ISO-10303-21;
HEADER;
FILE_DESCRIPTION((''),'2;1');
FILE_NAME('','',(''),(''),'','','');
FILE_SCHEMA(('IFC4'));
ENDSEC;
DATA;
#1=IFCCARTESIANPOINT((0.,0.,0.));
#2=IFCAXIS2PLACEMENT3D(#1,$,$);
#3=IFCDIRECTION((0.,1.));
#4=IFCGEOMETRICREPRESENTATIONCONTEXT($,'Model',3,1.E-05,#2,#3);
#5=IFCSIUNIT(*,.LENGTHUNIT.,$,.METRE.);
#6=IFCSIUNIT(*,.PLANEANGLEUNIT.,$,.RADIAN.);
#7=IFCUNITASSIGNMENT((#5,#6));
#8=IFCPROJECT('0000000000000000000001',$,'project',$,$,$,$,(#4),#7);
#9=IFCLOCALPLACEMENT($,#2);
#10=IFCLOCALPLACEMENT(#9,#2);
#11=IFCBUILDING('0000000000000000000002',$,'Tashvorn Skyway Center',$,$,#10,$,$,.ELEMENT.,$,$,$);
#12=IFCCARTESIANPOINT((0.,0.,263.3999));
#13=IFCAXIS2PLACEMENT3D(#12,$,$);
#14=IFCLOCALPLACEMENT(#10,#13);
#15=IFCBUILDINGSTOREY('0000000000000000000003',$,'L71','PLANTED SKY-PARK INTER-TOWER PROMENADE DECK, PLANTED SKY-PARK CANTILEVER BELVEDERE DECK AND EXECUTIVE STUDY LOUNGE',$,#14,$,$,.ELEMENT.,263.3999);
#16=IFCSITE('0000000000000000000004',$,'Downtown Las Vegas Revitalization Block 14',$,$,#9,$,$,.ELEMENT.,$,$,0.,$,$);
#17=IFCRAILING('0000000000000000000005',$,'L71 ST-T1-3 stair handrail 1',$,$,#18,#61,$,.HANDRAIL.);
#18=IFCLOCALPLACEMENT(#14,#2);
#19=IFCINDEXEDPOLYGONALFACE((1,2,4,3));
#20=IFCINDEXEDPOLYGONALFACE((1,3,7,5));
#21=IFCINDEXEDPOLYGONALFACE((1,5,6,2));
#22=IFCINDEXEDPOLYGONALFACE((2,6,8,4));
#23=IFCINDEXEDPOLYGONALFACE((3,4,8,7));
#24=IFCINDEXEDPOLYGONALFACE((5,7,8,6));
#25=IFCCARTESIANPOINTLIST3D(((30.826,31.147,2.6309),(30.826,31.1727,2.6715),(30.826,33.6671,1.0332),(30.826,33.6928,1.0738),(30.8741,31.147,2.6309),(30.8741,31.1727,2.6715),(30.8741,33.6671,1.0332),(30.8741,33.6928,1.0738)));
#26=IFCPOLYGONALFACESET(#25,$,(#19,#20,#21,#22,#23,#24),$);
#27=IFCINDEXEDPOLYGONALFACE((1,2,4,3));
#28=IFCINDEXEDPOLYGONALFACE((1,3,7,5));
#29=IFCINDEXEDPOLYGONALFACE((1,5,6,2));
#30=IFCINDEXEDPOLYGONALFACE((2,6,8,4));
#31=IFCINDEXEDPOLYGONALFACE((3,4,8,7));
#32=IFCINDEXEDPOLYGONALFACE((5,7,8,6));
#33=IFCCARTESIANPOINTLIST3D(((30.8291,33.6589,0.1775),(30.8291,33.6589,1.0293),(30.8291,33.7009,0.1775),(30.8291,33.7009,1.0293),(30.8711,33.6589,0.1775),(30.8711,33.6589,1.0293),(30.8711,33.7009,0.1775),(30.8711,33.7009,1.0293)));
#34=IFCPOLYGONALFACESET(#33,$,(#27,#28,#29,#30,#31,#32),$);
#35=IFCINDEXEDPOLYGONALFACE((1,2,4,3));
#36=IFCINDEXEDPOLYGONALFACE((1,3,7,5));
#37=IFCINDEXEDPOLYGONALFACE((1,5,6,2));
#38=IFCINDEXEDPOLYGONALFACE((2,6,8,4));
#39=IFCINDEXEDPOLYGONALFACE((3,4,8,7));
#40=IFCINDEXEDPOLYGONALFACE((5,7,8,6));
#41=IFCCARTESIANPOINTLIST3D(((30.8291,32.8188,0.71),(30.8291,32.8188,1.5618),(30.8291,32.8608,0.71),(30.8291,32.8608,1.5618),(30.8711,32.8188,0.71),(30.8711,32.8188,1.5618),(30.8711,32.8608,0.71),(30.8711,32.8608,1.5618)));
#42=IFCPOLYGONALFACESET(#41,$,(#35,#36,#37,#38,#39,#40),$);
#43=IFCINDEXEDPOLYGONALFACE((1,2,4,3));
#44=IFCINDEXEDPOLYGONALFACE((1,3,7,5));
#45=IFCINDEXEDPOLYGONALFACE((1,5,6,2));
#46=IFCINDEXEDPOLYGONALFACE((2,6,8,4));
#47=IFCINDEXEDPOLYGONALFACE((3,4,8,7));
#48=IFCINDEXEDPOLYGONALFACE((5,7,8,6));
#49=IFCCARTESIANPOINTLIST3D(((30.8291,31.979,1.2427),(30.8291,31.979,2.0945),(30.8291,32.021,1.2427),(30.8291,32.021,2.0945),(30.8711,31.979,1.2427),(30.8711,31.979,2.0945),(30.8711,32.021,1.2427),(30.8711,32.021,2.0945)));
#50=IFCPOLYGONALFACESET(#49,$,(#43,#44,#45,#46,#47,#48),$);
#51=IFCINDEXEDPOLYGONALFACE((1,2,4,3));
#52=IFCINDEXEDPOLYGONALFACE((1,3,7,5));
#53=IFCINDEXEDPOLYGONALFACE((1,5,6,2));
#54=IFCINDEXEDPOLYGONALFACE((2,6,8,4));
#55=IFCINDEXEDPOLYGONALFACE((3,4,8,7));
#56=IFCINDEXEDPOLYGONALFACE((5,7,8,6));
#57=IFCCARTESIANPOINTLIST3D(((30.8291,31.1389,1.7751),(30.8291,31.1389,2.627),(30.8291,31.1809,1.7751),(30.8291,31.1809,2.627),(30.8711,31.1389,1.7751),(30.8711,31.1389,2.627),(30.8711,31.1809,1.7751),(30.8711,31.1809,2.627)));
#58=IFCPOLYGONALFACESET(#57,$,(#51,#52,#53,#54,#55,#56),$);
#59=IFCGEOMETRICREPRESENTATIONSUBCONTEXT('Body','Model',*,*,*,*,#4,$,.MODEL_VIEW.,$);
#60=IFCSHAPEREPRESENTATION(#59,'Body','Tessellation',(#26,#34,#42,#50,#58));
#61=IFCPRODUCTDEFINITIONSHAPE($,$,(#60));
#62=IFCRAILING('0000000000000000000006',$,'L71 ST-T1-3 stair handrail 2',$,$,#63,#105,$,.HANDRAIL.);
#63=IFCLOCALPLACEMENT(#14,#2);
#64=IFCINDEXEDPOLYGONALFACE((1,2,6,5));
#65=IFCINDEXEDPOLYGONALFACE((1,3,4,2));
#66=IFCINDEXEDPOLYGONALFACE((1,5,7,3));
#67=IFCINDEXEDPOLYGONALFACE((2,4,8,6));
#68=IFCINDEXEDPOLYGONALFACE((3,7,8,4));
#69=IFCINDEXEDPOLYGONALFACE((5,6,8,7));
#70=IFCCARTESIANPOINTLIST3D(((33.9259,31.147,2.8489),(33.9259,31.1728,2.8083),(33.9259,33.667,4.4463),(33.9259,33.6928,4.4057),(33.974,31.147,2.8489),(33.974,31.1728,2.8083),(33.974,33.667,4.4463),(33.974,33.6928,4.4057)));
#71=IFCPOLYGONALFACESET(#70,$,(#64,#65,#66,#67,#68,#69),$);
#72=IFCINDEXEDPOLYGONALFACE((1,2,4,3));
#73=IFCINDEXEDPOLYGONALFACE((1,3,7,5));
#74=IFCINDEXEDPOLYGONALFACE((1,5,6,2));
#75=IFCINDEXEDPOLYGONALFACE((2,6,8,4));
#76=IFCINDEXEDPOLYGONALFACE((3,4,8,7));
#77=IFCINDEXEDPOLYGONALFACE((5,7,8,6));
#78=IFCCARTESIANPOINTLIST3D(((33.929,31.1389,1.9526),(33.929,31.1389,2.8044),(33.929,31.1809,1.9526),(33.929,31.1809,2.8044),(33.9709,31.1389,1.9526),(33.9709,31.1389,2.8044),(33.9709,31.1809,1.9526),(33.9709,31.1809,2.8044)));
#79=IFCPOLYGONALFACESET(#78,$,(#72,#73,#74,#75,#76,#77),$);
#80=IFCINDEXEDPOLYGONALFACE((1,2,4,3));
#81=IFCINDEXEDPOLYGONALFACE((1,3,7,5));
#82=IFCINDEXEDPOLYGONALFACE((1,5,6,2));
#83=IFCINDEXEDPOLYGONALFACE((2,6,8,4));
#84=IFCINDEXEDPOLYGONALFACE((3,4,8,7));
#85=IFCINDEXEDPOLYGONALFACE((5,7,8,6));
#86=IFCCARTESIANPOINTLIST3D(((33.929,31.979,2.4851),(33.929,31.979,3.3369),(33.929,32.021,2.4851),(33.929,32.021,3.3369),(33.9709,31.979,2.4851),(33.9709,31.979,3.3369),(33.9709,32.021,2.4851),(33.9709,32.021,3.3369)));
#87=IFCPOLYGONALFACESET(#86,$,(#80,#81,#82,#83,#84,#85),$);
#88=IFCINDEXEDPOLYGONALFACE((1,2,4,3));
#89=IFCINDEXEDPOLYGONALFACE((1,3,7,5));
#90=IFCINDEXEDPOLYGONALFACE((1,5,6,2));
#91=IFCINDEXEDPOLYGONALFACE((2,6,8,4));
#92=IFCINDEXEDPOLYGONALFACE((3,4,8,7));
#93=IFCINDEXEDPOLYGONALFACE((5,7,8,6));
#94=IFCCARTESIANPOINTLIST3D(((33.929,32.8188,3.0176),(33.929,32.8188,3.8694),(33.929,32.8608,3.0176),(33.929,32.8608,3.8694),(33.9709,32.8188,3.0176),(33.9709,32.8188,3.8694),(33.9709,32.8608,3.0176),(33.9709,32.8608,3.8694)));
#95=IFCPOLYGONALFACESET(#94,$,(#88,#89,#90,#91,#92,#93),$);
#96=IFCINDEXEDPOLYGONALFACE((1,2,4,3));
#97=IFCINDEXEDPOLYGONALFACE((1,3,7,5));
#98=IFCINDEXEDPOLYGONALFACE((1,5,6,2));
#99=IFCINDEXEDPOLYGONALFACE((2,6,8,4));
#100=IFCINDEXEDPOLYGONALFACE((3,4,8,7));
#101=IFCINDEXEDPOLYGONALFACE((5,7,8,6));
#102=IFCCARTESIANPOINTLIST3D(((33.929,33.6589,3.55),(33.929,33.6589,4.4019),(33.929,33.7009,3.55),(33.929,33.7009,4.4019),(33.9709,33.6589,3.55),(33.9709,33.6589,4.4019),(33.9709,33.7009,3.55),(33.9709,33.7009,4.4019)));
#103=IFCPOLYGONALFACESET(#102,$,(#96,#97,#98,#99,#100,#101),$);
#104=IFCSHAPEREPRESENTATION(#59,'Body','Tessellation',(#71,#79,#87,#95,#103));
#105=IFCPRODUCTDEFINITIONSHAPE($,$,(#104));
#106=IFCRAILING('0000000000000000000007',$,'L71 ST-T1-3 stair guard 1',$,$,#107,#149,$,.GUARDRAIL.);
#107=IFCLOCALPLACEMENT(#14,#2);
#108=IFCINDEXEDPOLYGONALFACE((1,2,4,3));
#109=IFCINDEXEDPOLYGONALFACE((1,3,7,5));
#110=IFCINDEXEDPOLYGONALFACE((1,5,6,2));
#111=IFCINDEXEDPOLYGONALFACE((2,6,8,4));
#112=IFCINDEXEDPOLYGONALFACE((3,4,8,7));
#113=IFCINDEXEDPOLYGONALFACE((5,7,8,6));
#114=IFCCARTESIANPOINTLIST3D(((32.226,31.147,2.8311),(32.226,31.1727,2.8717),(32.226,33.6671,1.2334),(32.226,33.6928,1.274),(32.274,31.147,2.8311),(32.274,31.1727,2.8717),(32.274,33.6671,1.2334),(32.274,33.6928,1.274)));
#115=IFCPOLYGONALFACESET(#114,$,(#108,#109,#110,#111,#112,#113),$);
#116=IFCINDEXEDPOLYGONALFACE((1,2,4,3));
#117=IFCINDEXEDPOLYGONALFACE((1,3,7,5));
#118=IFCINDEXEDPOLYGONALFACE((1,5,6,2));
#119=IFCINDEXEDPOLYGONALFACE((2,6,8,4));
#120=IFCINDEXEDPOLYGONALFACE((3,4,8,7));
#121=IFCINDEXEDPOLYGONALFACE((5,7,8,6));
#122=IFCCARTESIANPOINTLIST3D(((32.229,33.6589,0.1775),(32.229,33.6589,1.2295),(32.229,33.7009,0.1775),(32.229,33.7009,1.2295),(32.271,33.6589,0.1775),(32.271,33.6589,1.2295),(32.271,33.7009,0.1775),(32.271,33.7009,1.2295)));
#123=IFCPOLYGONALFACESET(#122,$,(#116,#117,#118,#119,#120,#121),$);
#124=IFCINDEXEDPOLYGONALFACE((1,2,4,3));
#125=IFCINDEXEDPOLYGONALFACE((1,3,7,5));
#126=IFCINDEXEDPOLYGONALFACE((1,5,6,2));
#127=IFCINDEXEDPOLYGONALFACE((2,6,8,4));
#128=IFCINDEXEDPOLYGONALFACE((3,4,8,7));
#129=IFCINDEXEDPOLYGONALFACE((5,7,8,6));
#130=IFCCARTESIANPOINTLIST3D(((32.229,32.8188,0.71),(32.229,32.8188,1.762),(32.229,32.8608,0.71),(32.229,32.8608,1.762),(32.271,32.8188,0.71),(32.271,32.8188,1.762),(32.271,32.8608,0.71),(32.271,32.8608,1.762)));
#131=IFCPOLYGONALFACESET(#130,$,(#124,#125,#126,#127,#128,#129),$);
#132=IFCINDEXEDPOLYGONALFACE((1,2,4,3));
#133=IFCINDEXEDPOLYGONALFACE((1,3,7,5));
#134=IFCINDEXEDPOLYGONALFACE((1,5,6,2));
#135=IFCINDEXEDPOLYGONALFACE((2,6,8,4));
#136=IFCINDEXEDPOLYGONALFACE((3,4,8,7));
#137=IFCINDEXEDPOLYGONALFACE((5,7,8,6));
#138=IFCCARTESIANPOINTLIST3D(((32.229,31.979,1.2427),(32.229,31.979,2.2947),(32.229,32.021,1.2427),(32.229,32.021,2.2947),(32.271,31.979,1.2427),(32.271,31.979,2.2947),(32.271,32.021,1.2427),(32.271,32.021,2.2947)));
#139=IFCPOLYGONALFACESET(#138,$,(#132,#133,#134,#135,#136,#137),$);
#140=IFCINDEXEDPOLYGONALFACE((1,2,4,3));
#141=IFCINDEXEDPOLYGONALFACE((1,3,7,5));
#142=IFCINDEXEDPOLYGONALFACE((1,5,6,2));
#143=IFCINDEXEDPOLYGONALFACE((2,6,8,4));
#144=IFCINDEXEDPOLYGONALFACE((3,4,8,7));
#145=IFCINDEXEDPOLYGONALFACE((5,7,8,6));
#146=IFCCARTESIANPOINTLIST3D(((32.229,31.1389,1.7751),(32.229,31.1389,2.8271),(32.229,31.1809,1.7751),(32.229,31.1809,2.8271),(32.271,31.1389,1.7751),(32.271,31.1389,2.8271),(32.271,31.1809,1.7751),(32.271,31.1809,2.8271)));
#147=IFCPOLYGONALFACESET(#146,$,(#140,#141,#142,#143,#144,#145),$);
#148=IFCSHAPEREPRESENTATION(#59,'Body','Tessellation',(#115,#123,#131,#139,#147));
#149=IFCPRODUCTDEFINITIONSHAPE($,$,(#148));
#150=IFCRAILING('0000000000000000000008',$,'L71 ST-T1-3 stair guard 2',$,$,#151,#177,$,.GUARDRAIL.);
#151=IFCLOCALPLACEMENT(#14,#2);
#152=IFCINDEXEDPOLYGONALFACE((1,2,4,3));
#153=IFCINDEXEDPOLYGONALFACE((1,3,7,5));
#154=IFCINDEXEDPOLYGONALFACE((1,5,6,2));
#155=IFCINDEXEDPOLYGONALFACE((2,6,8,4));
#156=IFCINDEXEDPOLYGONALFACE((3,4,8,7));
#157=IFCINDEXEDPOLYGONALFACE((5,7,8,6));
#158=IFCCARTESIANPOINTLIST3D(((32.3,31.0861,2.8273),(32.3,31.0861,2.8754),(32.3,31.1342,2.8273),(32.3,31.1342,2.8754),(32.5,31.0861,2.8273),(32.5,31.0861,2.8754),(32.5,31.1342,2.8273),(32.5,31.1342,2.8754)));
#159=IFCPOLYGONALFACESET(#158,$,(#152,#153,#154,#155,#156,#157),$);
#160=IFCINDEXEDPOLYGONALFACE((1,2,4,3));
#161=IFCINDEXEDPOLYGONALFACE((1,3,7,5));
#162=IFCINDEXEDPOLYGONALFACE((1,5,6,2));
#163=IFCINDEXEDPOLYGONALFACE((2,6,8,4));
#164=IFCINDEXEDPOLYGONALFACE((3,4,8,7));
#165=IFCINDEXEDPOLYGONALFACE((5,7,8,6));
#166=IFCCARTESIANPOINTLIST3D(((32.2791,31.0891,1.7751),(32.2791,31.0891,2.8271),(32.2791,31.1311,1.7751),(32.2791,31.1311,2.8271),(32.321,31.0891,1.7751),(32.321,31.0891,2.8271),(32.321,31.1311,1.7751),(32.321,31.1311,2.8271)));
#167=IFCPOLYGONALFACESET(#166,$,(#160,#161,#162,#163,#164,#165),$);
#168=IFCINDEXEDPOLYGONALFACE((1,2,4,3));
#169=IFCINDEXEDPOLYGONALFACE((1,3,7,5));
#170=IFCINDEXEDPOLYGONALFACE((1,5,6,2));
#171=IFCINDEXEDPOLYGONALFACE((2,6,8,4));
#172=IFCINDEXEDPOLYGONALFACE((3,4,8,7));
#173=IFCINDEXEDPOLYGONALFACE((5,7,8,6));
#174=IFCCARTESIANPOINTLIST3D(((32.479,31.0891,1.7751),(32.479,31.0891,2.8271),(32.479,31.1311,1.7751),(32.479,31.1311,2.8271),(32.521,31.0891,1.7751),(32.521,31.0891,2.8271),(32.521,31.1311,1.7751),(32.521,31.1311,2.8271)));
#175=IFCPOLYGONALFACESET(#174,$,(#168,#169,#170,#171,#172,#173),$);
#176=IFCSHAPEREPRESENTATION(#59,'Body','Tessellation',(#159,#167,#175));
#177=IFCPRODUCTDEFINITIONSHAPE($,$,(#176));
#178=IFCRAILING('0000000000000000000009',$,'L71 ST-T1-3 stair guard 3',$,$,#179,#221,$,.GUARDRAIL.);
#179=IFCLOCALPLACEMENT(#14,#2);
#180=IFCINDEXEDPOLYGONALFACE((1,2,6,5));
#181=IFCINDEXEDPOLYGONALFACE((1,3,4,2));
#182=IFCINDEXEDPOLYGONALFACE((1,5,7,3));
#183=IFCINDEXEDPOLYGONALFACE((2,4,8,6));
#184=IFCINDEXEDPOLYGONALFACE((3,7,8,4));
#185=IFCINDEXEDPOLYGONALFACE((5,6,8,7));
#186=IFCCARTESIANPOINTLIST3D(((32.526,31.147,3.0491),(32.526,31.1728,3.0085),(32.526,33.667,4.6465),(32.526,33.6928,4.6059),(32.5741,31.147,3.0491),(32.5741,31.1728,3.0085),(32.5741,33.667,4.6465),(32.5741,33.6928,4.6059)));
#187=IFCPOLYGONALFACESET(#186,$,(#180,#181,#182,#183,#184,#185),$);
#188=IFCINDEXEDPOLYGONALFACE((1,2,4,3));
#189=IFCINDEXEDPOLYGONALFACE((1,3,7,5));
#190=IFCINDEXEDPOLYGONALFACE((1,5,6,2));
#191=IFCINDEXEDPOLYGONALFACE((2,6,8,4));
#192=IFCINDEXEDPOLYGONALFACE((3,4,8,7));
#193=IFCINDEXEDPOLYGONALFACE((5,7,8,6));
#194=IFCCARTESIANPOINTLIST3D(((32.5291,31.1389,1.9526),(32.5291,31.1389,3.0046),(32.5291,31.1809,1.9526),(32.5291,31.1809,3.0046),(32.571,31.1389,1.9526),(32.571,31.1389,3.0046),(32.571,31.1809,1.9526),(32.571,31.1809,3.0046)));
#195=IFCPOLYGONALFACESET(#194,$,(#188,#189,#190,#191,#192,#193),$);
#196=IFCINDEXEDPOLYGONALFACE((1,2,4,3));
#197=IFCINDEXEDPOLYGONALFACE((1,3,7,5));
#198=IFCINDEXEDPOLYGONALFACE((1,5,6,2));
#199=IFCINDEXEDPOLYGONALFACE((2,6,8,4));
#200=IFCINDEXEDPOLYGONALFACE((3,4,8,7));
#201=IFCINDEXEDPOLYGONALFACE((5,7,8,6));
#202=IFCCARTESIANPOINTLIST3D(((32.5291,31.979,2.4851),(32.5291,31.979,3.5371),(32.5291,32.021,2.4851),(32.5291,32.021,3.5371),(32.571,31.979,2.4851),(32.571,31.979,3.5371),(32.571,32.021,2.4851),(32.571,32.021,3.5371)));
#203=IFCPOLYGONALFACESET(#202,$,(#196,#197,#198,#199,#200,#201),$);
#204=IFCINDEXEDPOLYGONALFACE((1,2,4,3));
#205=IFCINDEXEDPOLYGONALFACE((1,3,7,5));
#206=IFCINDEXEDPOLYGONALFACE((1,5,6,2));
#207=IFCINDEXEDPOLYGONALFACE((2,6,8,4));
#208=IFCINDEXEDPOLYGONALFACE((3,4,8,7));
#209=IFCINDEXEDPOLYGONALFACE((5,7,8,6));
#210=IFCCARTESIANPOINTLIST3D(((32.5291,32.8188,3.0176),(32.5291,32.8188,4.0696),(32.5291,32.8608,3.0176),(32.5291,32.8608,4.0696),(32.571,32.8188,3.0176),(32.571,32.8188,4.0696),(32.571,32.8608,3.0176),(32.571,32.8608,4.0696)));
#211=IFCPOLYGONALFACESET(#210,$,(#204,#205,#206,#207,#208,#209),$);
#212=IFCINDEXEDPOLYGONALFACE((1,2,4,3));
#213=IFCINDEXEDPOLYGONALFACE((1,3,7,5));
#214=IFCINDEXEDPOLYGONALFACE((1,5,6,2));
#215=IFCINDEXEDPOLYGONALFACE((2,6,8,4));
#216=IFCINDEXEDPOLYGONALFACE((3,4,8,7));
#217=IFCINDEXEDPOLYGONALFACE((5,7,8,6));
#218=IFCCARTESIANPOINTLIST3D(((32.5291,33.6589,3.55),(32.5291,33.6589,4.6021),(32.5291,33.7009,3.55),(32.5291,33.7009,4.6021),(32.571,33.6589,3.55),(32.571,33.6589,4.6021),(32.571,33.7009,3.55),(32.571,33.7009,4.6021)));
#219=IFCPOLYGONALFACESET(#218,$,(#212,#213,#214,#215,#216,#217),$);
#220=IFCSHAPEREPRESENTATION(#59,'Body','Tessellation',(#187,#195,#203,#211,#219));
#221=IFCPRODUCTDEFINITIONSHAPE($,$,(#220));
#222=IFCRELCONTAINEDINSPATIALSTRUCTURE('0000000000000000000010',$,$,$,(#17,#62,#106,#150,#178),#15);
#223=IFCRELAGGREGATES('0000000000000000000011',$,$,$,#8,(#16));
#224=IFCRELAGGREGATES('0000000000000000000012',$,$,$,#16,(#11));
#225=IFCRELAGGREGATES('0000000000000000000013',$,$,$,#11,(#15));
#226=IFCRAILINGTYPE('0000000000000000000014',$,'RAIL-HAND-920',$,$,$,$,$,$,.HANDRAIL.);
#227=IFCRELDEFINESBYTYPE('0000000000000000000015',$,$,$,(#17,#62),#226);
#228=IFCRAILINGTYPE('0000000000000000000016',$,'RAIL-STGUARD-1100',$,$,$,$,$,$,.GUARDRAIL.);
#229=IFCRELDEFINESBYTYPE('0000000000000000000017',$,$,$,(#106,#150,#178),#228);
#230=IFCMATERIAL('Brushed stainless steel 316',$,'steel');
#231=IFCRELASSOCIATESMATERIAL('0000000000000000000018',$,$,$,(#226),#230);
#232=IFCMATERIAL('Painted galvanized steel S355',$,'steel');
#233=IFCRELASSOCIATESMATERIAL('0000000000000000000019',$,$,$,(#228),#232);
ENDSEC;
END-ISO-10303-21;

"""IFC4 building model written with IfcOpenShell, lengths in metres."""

from ifc_helpers import new_model, si_unit, direction, frame, origin, origin_2d, place, context, subcontext, project, spatial, rectangle, extrude, material, type_object, element, save


model = new_model("IFC4")

# Units and contexts
model_context = context("Model", 3, precision=1e-05, world=origin(), true_north=direction((0.0, 1.0)))
body_context = subcontext(model_context, "Body", "Model", "MODEL_VIEW")
ifc_project = project(units=[si_unit("LENGTHUNIT", "METRE"), si_unit("PLANEANGLEUNIT", "RADIAN")], contexts=[model_context])

# Site, building, storey
site_placement = place(None, origin())
site = spatial("IfcSite", under=ifc_project, at=site_placement, Name="Downtown Las Vegas Revitalization Block 14", CompositionType="ELEMENT", RefElevation=0.0)
building_placement = place(site_placement, origin())
building = spatial("IfcBuilding", under=site, at=building_placement, Name="Tashvorn Skyway Center", CompositionType="ELEMENT")
storey_placement = place(building_placement, frame((0.0, 0.0, 263.3999)))
storey = spatial("IfcBuildingStorey", under=building, at=storey_placement, Name="L71", Description="PLANTED SKY-PARK INTER-TOWER PROMENADE DECK, PLANTED SKY-PARK CANTILEVER BELVEDERE DECK AND EXECUTIVE STUDY LOUNGE", CompositionType="ELEMENT", Elevation=263.3999)

# Railings
ifc_material_1 = material(Name="Brushed stainless steel 316", Category="steel")
railing_type_1 = type_object("IfcRailingType", Name="RAIL-HAND-920", PredefinedType="HANDRAIL", material=ifc_material_1)
railing_1_placement = place(storey_placement, frame((30.8501, 33.6799, 0.1775)))
element("IfcRailing", 1, at=railing_1_placement, inside=storey, type_object=railing_type_1, Name="L71 ST-T1-3 stair handrail 1", PredefinedType="HANDRAIL", context=body_context, shape_type="SweptSolid", body=[
    extrude(rectangle(XDim=0.0481, YDim=0.0481, at=origin_2d()), frame((0.0, 0.0, 0.876), z_axis=(0.0, -0.84457, 0.535445), x_axis=(1.0, 0.0, 0.0)), (0.0, 0.0, 1.0), 2.9839),
    extrude(rectangle(XDim=0.042, YDim=0.042, at=origin_2d()), origin(), (0.0, 0.0, 1.0), 0.8518),
    extrude(rectangle(XDim=0.042, YDim=0.042, at=origin_2d()), frame((0.0, -0.8401, 0.5325)), (0.0, 0.0, 1.0), 0.8518),
    extrude(rectangle(XDim=0.042, YDim=0.042, at=origin_2d()), frame((0.0, -1.6799, 1.0652)), (0.0, 0.0, 1.0), 0.8518),
    extrude(rectangle(XDim=0.042, YDim=0.042, at=origin_2d()), frame((0.0, -2.52, 1.5977)), (0.0, 0.0, 1.0), 0.8518),
])
railing_2_placement = place(storey_placement, frame((33.95, 31.1599, 1.9526)))
element("IfcRailing", 2, at=railing_2_placement, inside=storey, type_object=railing_type_1, Name="L71 ST-T1-3 stair handrail 2", PredefinedType="HANDRAIL", context=body_context, shape_type="SweptSolid", body=[
    extrude(rectangle(XDim=0.0481, YDim=0.0481, at=origin_2d()), frame((0.0, 0.0, 0.876), z_axis=(0.0, 0.844607, 0.535387), x_axis=(-1.0, 0.0, 0.0)), (0.0, 0.0, 1.0), 2.9836),
    extrude(rectangle(XDim=0.042, YDim=0.042, at=origin_2d()), origin(), (0.0, 0.0, 1.0), 0.8518),
    extrude(rectangle(XDim=0.042, YDim=0.042, at=origin_2d()), frame((0.0, 0.8401, 0.5325)), (0.0, 0.0, 1.0), 0.8518),
    extrude(rectangle(XDim=0.042, YDim=0.042, at=origin_2d()), frame((0.0, 1.6799, 1.0649)), (0.0, 0.0, 1.0), 0.8518),
    extrude(rectangle(XDim=0.042, YDim=0.042, at=origin_2d()), frame((0.0, 2.52, 1.5974)), (0.0, 0.0, 1.0), 0.8518),
])
ifc_material_2 = material(Name="Painted galvanized steel S355", Category="steel")
railing_type_2 = type_object("IfcRailingType", Name="RAIL-STGUARD-1100", PredefinedType="GUARDRAIL", material=ifc_material_2)
railing_3_placement = place(storey_placement, frame((32.25, 33.6799, 0.1775)))
element("IfcRailing", 3, at=railing_3_placement, inside=storey, type_object=railing_type_2, Name="L71 ST-T1-3 stair guard 1", PredefinedType="GUARDRAIL", context=body_context, shape_type="SweptSolid", body=[
    extrude(rectangle(XDim=0.0481, YDim=0.0481, at=origin_2d()), frame((0.0, 0.0, 1.0762), z_axis=(0.0, -0.84457, 0.535445), x_axis=(1.0, 0.0, 0.0)), (0.0, 0.0, 1.0), 2.9839),
    extrude(rectangle(XDim=0.042, YDim=0.042, at=origin_2d()), origin(), (0.0, 0.0, 1.0), 1.052),
    extrude(rectangle(XDim=0.042, YDim=0.042, at=origin_2d()), frame((0.0, -0.8401, 0.5325)), (0.0, 0.0, 1.0), 1.052),
    extrude(rectangle(XDim=0.042, YDim=0.042, at=origin_2d()), frame((0.0, -1.6799, 1.0652)), (0.0, 0.0, 1.0), 1.052),
    extrude(rectangle(XDim=0.042, YDim=0.042, at=origin_2d()), frame((0.0, -2.52, 1.5977)), (0.0, 0.0, 1.0), 1.052),
])
railing_4_placement = place(storey_placement, frame((32.3, 31.1101, 1.7751)))
element("IfcRailing", 4, at=railing_4_placement, inside=storey, type_object=railing_type_2, Name="L71 ST-T1-3 stair guard 2", PredefinedType="GUARDRAIL", context=body_context, shape_type="SweptSolid", body=[
    extrude(rectangle(XDim=0.0481, YDim=0.0481, at=origin_2d()), frame((0.0, 0.0, 1.0762), z_axis=(1.0, 0.0, 0.0), x_axis=(0.0, 1.0, 0.0)), (0.0, 0.0, 1.0), 0.2),
    extrude(rectangle(XDim=0.042, YDim=0.042, at=origin_2d()), origin(), (0.0, 0.0, 1.0), 1.052),
    extrude(rectangle(XDim=0.042, YDim=0.042, at=origin_2d()), frame((0.2, 0.0, 0.0)), (0.0, 0.0, 1.0), 1.052),
])
railing_5_placement = place(storey_placement, frame((32.55, 31.1599, 1.9526)))
element("IfcRailing", 5, at=railing_5_placement, inside=storey, type_object=railing_type_2, Name="L71 ST-T1-3 stair guard 3", PredefinedType="GUARDRAIL", context=body_context, shape_type="SweptSolid", body=[
    extrude(rectangle(XDim=0.0481, YDim=0.0481, at=origin_2d()), frame((0.0, 0.0, 1.0762), z_axis=(0.0, 0.844607, 0.535387), x_axis=(-1.0, 0.0, 0.0)), (0.0, 0.0, 1.0), 2.9836),
    extrude(rectangle(XDim=0.042, YDim=0.042, at=origin_2d()), origin(), (0.0, 0.0, 1.0), 1.052),
    extrude(rectangle(XDim=0.042, YDim=0.042, at=origin_2d()), frame((0.0, 0.8401, 0.5325)), (0.0, 0.0, 1.0), 1.052),
    extrude(rectangle(XDim=0.042, YDim=0.042, at=origin_2d()), frame((0.0, 1.6799, 1.0649)), (0.0, 0.0, 1.0), 1.052),
    extrude(rectangle(XDim=0.042, YDim=0.042, at=origin_2d()), frame((0.0, 2.52, 1.5974)), (0.0, 0.0, 1.0), 1.052),
])

save(model, "model.ifc")
